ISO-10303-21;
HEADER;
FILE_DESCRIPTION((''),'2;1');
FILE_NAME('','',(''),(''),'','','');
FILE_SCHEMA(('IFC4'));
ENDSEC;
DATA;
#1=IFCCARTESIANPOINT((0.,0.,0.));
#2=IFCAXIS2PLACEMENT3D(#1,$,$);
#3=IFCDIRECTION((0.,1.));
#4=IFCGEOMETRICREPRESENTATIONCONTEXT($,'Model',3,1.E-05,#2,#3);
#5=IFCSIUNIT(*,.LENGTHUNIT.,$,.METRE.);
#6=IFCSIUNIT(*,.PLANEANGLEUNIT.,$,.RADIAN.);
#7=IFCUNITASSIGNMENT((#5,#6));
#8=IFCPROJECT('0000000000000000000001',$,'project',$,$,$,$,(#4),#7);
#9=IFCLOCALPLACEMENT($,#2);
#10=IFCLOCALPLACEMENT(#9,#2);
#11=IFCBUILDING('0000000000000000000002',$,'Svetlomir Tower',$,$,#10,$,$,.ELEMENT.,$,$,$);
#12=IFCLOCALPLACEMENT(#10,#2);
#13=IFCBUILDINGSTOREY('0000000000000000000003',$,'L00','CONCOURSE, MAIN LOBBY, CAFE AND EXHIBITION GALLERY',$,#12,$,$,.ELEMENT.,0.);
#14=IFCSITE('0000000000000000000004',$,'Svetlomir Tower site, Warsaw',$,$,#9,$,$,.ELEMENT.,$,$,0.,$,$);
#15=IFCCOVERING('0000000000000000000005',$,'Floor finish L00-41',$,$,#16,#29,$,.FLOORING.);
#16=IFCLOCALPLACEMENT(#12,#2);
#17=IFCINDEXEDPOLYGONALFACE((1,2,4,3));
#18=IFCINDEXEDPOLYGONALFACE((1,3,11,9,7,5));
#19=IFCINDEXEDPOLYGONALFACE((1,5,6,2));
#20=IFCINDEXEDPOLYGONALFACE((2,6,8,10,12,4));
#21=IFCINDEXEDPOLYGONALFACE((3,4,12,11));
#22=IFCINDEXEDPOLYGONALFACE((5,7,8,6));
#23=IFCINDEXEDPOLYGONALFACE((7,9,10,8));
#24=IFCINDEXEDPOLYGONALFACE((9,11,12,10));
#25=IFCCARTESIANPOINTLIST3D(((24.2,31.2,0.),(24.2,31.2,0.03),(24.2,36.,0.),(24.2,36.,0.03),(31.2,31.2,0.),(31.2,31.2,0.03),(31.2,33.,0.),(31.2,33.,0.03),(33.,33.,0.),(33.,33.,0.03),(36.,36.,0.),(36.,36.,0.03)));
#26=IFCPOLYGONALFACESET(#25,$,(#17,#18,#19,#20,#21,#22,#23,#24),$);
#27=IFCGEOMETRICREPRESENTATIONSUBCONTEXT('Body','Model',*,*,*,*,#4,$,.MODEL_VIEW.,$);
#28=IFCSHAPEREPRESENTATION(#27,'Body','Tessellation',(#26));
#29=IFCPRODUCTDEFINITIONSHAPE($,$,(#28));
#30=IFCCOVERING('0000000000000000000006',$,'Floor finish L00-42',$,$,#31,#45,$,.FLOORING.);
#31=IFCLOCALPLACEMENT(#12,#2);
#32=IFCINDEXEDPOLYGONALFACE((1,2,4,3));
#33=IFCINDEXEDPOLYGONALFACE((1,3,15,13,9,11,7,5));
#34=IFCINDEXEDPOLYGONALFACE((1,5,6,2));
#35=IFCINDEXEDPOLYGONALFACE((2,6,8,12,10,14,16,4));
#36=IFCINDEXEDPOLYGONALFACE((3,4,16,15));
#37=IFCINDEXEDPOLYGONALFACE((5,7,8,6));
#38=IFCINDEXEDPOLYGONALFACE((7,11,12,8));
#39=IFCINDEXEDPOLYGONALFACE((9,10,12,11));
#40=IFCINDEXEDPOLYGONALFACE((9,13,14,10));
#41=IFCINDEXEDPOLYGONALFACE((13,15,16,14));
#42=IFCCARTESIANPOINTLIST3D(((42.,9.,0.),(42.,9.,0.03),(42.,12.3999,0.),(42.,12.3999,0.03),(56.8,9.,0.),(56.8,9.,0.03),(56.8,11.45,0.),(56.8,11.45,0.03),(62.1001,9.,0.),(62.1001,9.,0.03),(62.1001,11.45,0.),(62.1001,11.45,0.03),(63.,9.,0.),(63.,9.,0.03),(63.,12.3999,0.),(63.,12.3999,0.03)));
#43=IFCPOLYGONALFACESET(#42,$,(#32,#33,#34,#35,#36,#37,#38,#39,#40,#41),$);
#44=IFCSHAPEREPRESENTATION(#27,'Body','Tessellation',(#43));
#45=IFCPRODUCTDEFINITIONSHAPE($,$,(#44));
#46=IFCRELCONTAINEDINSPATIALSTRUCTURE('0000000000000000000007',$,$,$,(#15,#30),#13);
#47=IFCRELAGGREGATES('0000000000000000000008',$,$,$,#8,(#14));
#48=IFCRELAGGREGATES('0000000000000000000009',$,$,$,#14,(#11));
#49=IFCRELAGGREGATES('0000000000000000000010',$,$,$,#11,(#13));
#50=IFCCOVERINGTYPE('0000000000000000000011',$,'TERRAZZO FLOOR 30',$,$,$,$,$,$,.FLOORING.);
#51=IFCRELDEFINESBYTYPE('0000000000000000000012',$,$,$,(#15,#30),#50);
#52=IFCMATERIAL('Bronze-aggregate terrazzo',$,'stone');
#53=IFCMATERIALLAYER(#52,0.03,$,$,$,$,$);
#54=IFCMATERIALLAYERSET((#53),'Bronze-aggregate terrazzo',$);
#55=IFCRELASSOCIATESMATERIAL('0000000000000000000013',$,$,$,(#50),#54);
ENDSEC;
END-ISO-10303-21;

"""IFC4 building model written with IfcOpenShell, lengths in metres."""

from ifc_helpers import new_model, si_unit, direction, origin, place, context, subcontext, project, spatial, polyline, outline, extrude, material, layer, layer_set, type_object, element, save


model = new_model("IFC4")

# Units and contexts
model_context = context("Model", 3, precision=1e-05, world=origin(), true_north=direction((0.0, 1.0)))
body_context = subcontext(model_context, "Body", "Model", "MODEL_VIEW")
ifc_project = project(units=[si_unit("LENGTHUNIT", "METRE"), si_unit("PLANEANGLEUNIT", "RADIAN")], contexts=[model_context])

# Site, building, storey
site_placement = place(None, origin())
site = spatial("IfcSite", under=ifc_project, at=site_placement, Name="Svetlomir Tower site, Warsaw", CompositionType="ELEMENT", RefElevation=0.0)
building_placement = place(site_placement, origin())
building = spatial("IfcBuilding", under=site, at=building_placement, Name="Svetlomir Tower", CompositionType="ELEMENT")
storey_placement = place(building_placement, origin())
storey = spatial("IfcBuildingStorey", under=building, at=storey_placement, Name="L00", Description="CONCOURSE, MAIN LOBBY, CAFE AND EXHIBITION GALLERY", CompositionType="ELEMENT", Elevation=0.0)

# Coverings
ifc_material_1 = material(Name="Bronze-aggregate terrazzo", Category="stone")
ifc_layer_1 = layer(ifc_material_1, 0.03)
ifc_layer_set_1 = layer_set([ifc_layer_1], Name="Bronze-aggregate terrazzo")
covering_type_1 = type_object("IfcCoveringType", Name="TERRAZZO FLOOR 30", PredefinedType="FLOORING", material=ifc_layer_set_1)
covering_1_placement = place(storey_placement, origin())
element("IfcCovering", 1, at=covering_1_placement, inside=storey, type_object=covering_type_1, Name="Floor finish L00-41", PredefinedType="FLOORING", context=body_context, shape_type="SweptSolid", body=[
    extrude(outline(polyline([(31.2, 33.0), (31.2, 31.2), (24.2, 31.2), (24.2, 36.0), (36.0, 36.0), (33.0, 33.0), (31.2, 33.0)])), origin(), (0.0, 0.0, 1.0), 0.03),
])
covering_2_placement = place(storey_placement, origin())
element("IfcCovering", 2, at=covering_2_placement, inside=storey, type_object=covering_type_1, Name="Floor finish L00-42", PredefinedType="FLOORING", context=body_context, shape_type="SweptSolid", body=[
    extrude(outline(polyline([(42.0, 12.3999), (63.0, 12.3999), (63.0, 9.0), (62.1001, 9.0), (62.1001, 11.45), (56.8, 11.45), (56.8, 9.0), (42.0, 9.0), (42.0, 12.3999)])), origin(), (0.0, 0.0, 1.0), 0.03),
])

save(model, "model.ifc")
